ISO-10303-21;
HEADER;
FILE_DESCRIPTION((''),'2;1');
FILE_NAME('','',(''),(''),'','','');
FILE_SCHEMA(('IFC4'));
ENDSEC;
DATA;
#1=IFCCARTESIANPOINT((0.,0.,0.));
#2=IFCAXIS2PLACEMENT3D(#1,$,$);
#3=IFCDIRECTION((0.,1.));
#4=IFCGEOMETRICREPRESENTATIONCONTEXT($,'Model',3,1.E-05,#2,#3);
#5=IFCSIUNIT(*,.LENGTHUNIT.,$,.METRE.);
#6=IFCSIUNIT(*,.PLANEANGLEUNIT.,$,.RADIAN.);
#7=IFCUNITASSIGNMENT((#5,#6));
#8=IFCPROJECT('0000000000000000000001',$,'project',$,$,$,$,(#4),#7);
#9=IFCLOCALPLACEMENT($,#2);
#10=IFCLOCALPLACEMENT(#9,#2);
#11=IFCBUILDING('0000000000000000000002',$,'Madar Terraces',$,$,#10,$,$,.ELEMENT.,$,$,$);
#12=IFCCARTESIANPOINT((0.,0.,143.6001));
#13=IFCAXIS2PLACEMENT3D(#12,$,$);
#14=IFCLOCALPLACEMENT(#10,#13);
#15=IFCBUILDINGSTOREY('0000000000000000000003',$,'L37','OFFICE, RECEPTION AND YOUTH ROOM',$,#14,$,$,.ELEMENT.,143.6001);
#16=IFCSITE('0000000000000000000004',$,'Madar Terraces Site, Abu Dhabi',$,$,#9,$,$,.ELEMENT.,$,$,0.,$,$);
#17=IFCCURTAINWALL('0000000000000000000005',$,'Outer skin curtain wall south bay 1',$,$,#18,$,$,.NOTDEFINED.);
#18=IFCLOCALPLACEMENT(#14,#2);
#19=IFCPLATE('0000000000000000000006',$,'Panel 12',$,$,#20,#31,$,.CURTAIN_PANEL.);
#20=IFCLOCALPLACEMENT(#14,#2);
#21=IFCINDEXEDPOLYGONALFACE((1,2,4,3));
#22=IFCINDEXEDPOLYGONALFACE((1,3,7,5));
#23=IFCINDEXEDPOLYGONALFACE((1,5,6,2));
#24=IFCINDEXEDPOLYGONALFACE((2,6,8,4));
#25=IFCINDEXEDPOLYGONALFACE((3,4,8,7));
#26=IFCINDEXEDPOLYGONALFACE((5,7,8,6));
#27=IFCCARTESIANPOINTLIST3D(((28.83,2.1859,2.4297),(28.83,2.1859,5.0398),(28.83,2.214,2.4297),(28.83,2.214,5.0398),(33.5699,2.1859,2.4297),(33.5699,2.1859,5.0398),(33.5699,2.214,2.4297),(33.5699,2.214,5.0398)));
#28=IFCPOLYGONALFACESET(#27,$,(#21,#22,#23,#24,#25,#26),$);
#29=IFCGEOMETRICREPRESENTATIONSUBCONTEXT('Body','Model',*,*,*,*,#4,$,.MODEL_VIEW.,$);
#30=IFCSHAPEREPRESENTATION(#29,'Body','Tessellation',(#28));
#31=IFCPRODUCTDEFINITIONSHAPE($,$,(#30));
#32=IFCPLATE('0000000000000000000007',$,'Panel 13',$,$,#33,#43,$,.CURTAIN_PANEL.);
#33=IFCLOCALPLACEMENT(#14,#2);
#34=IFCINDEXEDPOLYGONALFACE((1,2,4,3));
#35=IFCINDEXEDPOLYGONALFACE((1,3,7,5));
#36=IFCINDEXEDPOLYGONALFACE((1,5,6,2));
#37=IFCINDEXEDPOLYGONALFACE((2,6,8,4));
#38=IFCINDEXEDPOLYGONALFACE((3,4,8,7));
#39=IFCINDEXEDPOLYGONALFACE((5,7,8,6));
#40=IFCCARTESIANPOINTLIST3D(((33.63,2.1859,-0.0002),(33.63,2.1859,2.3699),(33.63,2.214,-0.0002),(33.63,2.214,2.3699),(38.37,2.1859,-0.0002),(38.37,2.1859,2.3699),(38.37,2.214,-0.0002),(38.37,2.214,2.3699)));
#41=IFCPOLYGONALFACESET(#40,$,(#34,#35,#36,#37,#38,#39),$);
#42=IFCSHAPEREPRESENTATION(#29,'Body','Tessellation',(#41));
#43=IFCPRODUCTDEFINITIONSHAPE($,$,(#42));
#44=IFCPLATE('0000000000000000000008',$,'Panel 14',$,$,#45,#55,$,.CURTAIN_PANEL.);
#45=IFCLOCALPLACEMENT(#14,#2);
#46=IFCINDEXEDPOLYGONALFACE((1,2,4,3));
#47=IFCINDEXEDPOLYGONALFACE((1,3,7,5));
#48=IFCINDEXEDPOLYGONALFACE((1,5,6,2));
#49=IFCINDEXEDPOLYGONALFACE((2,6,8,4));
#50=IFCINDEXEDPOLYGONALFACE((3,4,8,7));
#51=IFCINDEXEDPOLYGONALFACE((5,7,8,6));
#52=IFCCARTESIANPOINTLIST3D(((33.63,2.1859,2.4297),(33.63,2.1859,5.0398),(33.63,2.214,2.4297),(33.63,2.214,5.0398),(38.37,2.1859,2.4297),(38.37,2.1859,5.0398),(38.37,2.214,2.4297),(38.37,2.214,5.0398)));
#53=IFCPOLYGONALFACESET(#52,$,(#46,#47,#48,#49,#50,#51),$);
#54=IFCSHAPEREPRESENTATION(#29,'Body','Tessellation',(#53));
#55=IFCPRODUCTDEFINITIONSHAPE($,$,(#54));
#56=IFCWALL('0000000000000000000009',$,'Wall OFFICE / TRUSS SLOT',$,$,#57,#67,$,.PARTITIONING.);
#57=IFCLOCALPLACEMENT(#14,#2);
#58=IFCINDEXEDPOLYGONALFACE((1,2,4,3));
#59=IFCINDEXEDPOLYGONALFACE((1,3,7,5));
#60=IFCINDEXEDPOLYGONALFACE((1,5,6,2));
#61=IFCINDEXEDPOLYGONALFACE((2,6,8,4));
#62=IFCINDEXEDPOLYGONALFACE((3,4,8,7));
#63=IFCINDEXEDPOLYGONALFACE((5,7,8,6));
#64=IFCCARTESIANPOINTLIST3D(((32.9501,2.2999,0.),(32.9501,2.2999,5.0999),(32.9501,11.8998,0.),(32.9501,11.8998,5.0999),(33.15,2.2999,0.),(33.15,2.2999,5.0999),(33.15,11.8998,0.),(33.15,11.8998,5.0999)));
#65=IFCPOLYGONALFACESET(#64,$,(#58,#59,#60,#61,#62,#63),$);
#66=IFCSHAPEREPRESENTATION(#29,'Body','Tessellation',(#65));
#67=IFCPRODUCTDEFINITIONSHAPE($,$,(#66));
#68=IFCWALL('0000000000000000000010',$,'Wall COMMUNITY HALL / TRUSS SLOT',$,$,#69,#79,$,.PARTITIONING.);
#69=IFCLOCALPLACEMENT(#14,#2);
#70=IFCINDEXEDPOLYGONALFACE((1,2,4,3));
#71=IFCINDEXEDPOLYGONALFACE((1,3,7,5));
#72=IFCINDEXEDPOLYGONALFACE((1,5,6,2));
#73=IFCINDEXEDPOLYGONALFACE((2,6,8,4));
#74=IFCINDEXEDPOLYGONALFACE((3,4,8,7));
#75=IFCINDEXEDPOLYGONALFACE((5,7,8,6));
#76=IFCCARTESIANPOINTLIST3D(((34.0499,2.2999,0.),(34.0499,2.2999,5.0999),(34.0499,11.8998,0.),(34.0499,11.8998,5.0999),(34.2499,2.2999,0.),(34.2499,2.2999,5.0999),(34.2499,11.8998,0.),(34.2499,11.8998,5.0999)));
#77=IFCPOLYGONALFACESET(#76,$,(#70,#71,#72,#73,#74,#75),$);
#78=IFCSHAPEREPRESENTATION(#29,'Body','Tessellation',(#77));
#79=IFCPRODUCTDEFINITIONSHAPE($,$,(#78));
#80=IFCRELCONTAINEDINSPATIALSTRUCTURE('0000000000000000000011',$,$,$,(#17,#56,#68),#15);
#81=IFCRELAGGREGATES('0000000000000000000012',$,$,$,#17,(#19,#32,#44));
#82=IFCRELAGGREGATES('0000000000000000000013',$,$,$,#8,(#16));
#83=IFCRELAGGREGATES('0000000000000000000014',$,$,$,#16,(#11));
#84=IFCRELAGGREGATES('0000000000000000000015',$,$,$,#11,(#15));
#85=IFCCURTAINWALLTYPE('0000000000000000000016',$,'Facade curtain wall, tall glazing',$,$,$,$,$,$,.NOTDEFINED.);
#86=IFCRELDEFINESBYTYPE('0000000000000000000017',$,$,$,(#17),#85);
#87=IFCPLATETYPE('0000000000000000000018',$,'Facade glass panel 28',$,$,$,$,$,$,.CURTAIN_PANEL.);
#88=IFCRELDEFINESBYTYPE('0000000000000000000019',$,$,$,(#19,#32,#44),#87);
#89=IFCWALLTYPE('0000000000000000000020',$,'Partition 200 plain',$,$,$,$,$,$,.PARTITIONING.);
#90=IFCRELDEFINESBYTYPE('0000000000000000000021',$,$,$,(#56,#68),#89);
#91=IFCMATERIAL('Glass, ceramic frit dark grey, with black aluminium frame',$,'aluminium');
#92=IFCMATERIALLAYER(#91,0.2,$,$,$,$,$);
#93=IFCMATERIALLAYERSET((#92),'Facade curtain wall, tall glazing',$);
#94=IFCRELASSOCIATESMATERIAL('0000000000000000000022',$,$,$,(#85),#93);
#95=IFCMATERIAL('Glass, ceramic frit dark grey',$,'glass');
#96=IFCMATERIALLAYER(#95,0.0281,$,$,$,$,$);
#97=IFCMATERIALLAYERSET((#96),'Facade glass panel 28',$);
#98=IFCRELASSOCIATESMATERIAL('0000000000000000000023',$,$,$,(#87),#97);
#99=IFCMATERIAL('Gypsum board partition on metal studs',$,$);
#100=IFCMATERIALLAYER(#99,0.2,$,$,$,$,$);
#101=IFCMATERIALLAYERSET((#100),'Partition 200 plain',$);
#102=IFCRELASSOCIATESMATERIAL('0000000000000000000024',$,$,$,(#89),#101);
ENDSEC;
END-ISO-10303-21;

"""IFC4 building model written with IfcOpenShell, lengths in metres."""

from ifc_helpers import new_model, si_unit, direction, frame, frame_2d, origin, origin_2d, place, context, subcontext, project, spatial, rectangle, extrude, material, layer, layer_set, type_object, element, aggregate, save


model = new_model("IFC4")

# Units and contexts
model_context = context("Model", 3, precision=1e-05, world=origin(), true_north=direction((0.0, 1.0)))
body_context = subcontext(model_context, "Body", "Model", "MODEL_VIEW")
ifc_project = project(units=[si_unit("LENGTHUNIT", "METRE"), si_unit("PLANEANGLEUNIT", "RADIAN")], contexts=[model_context])

# Site, building, storey
site_placement = place(None, origin())
site = spatial("IfcSite", under=ifc_project, at=site_placement, Name="Madar Terraces Site, Abu Dhabi", CompositionType="ELEMENT", RefElevation=0.0)
building_placement = place(site_placement, origin())
building = spatial("IfcBuilding", under=site, at=building_placement, Name="Madar Terraces", CompositionType="ELEMENT")
storey_placement = place(building_placement, frame((0.0, 0.0, 143.6001)))
storey = spatial("IfcBuildingStorey", under=building, at=storey_placement, Name="L37", Description="OFFICE, RECEPTION AND YOUTH ROOM", CompositionType="ELEMENT", Elevation=143.6001)

# Curtain wall
ifc_material_1 = material(Name="Glass, ceramic frit dark grey, with black aluminium frame", Category="aluminium")
ifc_layer_1 = layer(ifc_material_1, 0.2)
ifc_layer_set_1 = layer_set([ifc_layer_1], Name="Facade curtain wall, tall glazing")
curtain_wall_type = type_object("IfcCurtainWallType", Name="Facade curtain wall, tall glazing", PredefinedType="NOTDEFINED", material=ifc_layer_set_1)
curtain_wall_placement = place(storey_placement, origin())
curtain_wall = element("IfcCurtainWall", 1, at=curtain_wall_placement, inside=storey, type_object=curtain_wall_type, Name="Outer skin curtain wall south bay 1", PredefinedType="NOTDEFINED")

# Plates
ifc_material_2 = material(Name="Glass, ceramic frit dark grey", Category="glass")
ifc_layer_2 = layer(ifc_material_2, 0.0281)
ifc_layer_set_2 = layer_set([ifc_layer_2], Name="Facade glass panel 28")
plate_type = type_object("IfcPlateType", Name="Facade glass panel 28", PredefinedType="CURTAIN_PANEL", material=ifc_layer_set_2)
plate_1_placement = place(storey_placement, frame((31.2, 2.2, 2.4297), z_axis=(0.0, 0.0, 1.0), x_axis=(1.0, 0.0, 0.0)))
plate_1 = element("IfcPlate", 2, at=plate_1_placement, type_object=plate_type, Name="Panel 12", PredefinedType="CURTAIN_PANEL", context=body_context, shape_type="SweptSolid", body=[
    extrude(rectangle(XDim=4.74, YDim=0.0281, at=origin_2d()), origin(), (0.0, 0.0, 1.0), 2.6101),
])
plate_2_placement = place(storey_placement, frame((36.0, 2.2, -0.0002), z_axis=(0.0, 0.0, 1.0), x_axis=(1.0, 0.0, 0.0)))
plate_2 = element("IfcPlate", 3, at=plate_2_placement, type_object=plate_type, Name="Panel 13", PredefinedType="CURTAIN_PANEL", context=body_context, shape_type="SweptSolid", body=[
    extrude(rectangle(XDim=4.74, YDim=0.0281, at=origin_2d()), origin(), (0.0, 0.0, 1.0), 2.3701),
])
plate_3_placement = place(storey_placement, frame((36.0, 2.2, 2.4297), z_axis=(0.0, 0.0, 1.0), x_axis=(1.0, 0.0, 0.0)))
plate_3 = element("IfcPlate", 4, at=plate_3_placement, type_object=plate_type, Name="Panel 14", PredefinedType="CURTAIN_PANEL", context=body_context, shape_type="SweptSolid", body=[
    extrude(rectangle(XDim=4.74, YDim=0.0281, at=origin_2d()), origin(), (0.0, 0.0, 1.0), 2.6101),
])
aggregate(curtain_wall, [plate_1, plate_2, plate_3])

# Walls
ifc_material_3 = material(Name="Gypsum board partition on metal studs")
ifc_layer_3 = layer(ifc_material_3, 0.2)
ifc_layer_set_3 = layer_set([ifc_layer_3], Name="Partition 200 plain")
wall_type = type_object("IfcWallType", Name="Partition 200 plain", PredefinedType="PARTITIONING", material=ifc_layer_set_3)
for number, where, z_axis, x_axis, name in (
    (5, (33.05, 2.3, 0.0), (0.0, 0.0, 1.0), (0.0, 1.0, 0.0), "Wall OFFICE / TRUSS SLOT"),
    (6, (34.1499, 2.3, 0.0), (0.0, 0.0, 1.0), (0.0, 1.0, 0.0), "Wall COMMUNITY HALL / TRUSS SLOT"),
):
    element("IfcWall", number, at=place(storey_placement, frame(where, z_axis=z_axis, x_axis=x_axis)), inside=storey, type_object=wall_type, Name=name, PredefinedType="PARTITIONING", context=body_context, shape_type="SweptSolid", body=[
        extrude(rectangle(XDim=9.5999, YDim=0.2, at=frame_2d((4.7998, 0.0))), origin(), (0.0, 0.0, 1.0), 5.0999),
    ])

save(model, "model.ifc")
